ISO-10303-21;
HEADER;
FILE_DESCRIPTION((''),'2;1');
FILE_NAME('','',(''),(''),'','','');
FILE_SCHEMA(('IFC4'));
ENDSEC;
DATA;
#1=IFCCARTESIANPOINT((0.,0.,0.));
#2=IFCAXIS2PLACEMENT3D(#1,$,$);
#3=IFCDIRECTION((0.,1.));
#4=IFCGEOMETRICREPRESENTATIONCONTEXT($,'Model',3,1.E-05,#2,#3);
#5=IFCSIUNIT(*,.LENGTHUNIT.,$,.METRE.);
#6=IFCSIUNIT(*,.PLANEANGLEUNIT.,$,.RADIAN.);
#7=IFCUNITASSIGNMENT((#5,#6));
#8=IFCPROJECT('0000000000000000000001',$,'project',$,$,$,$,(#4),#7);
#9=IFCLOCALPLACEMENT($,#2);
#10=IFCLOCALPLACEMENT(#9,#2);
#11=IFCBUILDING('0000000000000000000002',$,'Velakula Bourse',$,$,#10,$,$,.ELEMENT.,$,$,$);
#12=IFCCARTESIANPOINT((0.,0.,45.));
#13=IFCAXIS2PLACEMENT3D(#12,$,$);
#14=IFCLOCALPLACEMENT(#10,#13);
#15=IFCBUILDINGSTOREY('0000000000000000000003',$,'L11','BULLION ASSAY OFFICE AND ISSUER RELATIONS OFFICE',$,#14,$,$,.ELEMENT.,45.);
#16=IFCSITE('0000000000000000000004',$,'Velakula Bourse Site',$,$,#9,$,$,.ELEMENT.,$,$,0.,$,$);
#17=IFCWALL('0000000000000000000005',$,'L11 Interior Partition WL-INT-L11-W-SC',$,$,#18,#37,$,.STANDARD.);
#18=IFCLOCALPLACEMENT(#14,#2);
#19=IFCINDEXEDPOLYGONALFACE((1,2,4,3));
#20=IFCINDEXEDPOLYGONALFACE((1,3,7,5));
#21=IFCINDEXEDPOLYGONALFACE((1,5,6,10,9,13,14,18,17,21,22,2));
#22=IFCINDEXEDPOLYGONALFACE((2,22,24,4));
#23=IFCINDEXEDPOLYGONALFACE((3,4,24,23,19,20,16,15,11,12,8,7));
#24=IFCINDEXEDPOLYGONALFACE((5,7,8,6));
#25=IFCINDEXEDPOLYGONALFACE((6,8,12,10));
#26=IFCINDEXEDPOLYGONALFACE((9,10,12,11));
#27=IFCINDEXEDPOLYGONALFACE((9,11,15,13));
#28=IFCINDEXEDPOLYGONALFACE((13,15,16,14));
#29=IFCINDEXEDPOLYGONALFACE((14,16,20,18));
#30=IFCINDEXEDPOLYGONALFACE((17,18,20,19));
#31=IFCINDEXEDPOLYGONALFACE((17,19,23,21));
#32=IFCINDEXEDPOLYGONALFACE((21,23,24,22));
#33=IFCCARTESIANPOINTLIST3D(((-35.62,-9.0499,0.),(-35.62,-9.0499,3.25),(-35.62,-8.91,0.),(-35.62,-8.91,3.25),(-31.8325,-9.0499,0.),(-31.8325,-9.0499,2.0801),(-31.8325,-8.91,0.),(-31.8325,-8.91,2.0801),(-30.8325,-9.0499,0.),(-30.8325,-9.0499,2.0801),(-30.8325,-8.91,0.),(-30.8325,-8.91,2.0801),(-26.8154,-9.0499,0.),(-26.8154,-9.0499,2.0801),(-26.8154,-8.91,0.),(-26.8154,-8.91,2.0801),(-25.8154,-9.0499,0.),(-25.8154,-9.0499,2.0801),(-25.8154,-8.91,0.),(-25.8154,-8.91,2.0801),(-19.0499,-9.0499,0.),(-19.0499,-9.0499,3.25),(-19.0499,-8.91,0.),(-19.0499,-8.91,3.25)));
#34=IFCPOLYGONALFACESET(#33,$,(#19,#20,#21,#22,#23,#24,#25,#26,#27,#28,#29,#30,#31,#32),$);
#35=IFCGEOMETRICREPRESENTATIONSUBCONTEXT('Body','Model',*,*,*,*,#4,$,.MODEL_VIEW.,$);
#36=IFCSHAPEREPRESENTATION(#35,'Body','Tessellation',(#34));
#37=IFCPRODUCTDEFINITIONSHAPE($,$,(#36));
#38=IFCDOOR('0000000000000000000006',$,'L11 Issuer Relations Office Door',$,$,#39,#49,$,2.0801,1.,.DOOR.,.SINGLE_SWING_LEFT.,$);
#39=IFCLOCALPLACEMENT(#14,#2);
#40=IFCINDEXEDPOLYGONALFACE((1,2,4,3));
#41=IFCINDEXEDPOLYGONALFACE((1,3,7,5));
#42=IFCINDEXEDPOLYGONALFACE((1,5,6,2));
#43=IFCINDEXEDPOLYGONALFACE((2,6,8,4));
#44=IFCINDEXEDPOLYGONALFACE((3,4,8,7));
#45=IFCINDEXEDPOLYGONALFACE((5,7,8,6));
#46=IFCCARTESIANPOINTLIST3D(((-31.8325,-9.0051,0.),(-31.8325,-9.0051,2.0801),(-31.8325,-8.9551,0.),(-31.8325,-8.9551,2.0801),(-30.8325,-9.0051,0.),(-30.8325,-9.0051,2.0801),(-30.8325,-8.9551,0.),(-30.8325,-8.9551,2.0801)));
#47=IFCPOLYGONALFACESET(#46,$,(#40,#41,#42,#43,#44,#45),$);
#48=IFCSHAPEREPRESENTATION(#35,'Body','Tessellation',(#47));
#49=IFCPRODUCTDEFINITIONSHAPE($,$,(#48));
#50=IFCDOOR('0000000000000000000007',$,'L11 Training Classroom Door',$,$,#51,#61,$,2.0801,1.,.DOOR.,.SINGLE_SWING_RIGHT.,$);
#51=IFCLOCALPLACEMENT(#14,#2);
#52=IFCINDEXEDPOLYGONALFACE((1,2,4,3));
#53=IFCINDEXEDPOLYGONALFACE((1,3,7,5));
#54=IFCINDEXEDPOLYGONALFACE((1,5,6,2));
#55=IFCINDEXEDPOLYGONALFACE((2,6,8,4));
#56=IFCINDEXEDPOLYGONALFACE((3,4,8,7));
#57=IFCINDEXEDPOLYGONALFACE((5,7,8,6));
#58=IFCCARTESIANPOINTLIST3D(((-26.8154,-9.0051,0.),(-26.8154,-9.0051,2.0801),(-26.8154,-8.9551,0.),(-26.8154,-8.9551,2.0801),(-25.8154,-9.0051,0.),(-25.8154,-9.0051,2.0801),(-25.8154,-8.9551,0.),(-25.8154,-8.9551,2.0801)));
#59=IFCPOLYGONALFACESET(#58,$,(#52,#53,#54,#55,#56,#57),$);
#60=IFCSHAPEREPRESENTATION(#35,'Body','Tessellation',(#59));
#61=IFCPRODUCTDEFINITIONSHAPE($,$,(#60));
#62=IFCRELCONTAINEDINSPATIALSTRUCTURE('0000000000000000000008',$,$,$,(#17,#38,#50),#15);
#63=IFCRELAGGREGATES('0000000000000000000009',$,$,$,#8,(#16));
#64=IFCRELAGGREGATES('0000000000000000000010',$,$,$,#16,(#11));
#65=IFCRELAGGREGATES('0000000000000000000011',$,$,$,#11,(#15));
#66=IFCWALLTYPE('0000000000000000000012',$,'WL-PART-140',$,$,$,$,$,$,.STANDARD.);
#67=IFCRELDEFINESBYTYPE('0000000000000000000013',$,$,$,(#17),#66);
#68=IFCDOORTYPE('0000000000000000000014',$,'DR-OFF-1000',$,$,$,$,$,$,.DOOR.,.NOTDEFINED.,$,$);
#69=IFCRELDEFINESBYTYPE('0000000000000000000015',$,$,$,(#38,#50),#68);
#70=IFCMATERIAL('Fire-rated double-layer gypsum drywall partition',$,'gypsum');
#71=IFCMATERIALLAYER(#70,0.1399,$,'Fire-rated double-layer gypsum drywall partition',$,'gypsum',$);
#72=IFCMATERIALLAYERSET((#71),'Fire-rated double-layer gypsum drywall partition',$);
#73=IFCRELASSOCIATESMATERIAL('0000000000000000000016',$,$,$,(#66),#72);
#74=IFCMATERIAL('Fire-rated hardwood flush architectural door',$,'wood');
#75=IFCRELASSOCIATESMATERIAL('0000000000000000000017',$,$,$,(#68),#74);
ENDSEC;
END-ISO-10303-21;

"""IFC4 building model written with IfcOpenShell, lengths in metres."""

from ifc_helpers import new_model, si_unit, direction, frame, frame_2d, origin, place, context, subcontext, project, spatial, rectangle, extrude, material, layer, layer_set, type_object, element, fill, save


model = new_model("IFC4")

# Units and contexts
model_context = context("Model", 3, precision=1e-05, world=origin(), true_north=direction((0.0, 1.0)))
body_context = subcontext(model_context, "Body", "Model", "MODEL_VIEW")
ifc_project = project(units=[si_unit("LENGTHUNIT", "METRE"), si_unit("PLANEANGLEUNIT", "RADIAN")], contexts=[model_context])

# Site, building, storey
site_placement = place(None, origin())
site = spatial("IfcSite", under=ifc_project, at=site_placement, Name="Velakula Bourse Site", CompositionType="ELEMENT", RefElevation=0.0)
building_placement = place(site_placement, origin())
building = spatial("IfcBuilding", under=site, at=building_placement, Name="Velakula Bourse", CompositionType="ELEMENT")
storey_placement = place(building_placement, frame((0.0, 0.0, 45.0)))
storey = spatial("IfcBuildingStorey", under=building, at=storey_placement, Name="L11", Description="BULLION ASSAY OFFICE AND ISSUER RELATIONS OFFICE", CompositionType="ELEMENT", Elevation=45.0)

# Shared definitions
ifc_material_1 = material(Name="Fire-rated double-layer gypsum drywall partition", Category="gypsum")

# Wall, openings, doors
ifc_layer_1 = layer(ifc_material_1, 0.1399, Name="Fire-rated double-layer gypsum drywall partition", Category="gypsum")
ifc_layer_set_1 = layer_set([ifc_layer_1], Name="Fire-rated double-layer gypsum drywall partition")
wall_type_1 = type_object("IfcWallType", Name="WL-PART-140", PredefinedType="STANDARD", material=ifc_layer_set_1)
ifc_material_2 = material(Name="Fire-rated hardwood flush architectural door", Category="wood")
door_type_1 = type_object("IfcDoorType", Name="DR-OFF-1000", OperationType="NOTDEFINED", PredefinedType="DOOR", material=ifc_material_2)
wall_1_placement = place(storey_placement, frame((-35.6201, -8.98, 0.0), z_axis=(0.0, 0.0, 1.0), x_axis=(1.0, 0.0, 0.0)))
wall_1 = element("IfcWall", 1, at=wall_1_placement, inside=storey, type_object=wall_type_1, Name="L11 Interior Partition WL-INT-L11-W-SC", PredefinedType="STANDARD", context=body_context, shape_type="SweptSolid", body=[
    extrude(rectangle(XDim=16.5701, YDim=0.1399, at=frame_2d((8.2852, 0.0))), origin(), (0.0, 0.0, 1.0), 3.25),
])
opening_1_placement = place(wall_1_placement, frame((3.7876, 0.0, 0.0)))
opening_1 = element("IfcOpeningElement", 2, at=opening_1_placement, cuts=wall_1, PredefinedType="OPENING", context=body_context, shape_type="SweptSolid", body=[
    extrude(rectangle(XDim=1.0, YDim=2.0801, at=frame_2d((0.5, 1.04))), frame((0.0, 0.0798, 0.0), z_axis=(0.0, -1.0, 0.0), x_axis=(1.0, 0.0, 0.0)), (0.0, 0.0, 1.0), 0.1599),
])
opening_2_placement = place(wall_1_placement, frame((8.8047, 0.0, 0.0)))
opening_2 = element("IfcOpeningElement", 3, at=opening_2_placement, cuts=wall_1, PredefinedType="OPENING", context=body_context, shape_type="SweptSolid", body=[
    extrude(rectangle(XDim=1.0, YDim=2.0801, at=frame_2d((0.5, 1.04))), frame((0.0, 0.0798, 0.0), z_axis=(0.0, -1.0, 0.0), x_axis=(1.0, 0.0, 0.0)), (0.0, 0.0, 1.0), 0.1599),
])
door_1_placement = place(opening_1_placement, origin())
door_1 = element("IfcDoor", 4, at=door_1_placement, inside=storey, type_object=door_type_1, Name="L11 Issuer Relations Office Door", OperationType="SINGLE_SWING_LEFT", OverallHeight=2.0801, OverallWidth=1.0, PredefinedType="DOOR", context=body_context, shape_type="SweptSolid", body=[
    extrude(rectangle(XDim=1.0, YDim=2.0801, at=frame_2d((0.5, 1.04))), frame((0.0, 0.0249, 0.0), z_axis=(0.0, -1.0, 0.0), x_axis=(1.0, 0.0, 0.0)), (0.0, 0.0, 1.0), 0.05),
])
fill(opening_1, door_1)
door_2_placement = place(opening_2_placement, origin())
door_2 = element("IfcDoor", 5, at=door_2_placement, inside=storey, type_object=door_type_1, Name="L11 Training Classroom Door", OperationType="SINGLE_SWING_RIGHT", OverallHeight=2.0801, OverallWidth=1.0, PredefinedType="DOOR", context=body_context, shape_type="SweptSolid", body=[
    extrude(rectangle(XDim=1.0, YDim=2.0801, at=frame_2d((0.5, 1.04))), frame((0.0, 0.0249, 0.0), z_axis=(0.0, -1.0, 0.0), x_axis=(1.0, 0.0, 0.0)), (0.0, 0.0, 1.0), 0.05),
])
fill(opening_2, door_2)

save(model, "model.ifc")
